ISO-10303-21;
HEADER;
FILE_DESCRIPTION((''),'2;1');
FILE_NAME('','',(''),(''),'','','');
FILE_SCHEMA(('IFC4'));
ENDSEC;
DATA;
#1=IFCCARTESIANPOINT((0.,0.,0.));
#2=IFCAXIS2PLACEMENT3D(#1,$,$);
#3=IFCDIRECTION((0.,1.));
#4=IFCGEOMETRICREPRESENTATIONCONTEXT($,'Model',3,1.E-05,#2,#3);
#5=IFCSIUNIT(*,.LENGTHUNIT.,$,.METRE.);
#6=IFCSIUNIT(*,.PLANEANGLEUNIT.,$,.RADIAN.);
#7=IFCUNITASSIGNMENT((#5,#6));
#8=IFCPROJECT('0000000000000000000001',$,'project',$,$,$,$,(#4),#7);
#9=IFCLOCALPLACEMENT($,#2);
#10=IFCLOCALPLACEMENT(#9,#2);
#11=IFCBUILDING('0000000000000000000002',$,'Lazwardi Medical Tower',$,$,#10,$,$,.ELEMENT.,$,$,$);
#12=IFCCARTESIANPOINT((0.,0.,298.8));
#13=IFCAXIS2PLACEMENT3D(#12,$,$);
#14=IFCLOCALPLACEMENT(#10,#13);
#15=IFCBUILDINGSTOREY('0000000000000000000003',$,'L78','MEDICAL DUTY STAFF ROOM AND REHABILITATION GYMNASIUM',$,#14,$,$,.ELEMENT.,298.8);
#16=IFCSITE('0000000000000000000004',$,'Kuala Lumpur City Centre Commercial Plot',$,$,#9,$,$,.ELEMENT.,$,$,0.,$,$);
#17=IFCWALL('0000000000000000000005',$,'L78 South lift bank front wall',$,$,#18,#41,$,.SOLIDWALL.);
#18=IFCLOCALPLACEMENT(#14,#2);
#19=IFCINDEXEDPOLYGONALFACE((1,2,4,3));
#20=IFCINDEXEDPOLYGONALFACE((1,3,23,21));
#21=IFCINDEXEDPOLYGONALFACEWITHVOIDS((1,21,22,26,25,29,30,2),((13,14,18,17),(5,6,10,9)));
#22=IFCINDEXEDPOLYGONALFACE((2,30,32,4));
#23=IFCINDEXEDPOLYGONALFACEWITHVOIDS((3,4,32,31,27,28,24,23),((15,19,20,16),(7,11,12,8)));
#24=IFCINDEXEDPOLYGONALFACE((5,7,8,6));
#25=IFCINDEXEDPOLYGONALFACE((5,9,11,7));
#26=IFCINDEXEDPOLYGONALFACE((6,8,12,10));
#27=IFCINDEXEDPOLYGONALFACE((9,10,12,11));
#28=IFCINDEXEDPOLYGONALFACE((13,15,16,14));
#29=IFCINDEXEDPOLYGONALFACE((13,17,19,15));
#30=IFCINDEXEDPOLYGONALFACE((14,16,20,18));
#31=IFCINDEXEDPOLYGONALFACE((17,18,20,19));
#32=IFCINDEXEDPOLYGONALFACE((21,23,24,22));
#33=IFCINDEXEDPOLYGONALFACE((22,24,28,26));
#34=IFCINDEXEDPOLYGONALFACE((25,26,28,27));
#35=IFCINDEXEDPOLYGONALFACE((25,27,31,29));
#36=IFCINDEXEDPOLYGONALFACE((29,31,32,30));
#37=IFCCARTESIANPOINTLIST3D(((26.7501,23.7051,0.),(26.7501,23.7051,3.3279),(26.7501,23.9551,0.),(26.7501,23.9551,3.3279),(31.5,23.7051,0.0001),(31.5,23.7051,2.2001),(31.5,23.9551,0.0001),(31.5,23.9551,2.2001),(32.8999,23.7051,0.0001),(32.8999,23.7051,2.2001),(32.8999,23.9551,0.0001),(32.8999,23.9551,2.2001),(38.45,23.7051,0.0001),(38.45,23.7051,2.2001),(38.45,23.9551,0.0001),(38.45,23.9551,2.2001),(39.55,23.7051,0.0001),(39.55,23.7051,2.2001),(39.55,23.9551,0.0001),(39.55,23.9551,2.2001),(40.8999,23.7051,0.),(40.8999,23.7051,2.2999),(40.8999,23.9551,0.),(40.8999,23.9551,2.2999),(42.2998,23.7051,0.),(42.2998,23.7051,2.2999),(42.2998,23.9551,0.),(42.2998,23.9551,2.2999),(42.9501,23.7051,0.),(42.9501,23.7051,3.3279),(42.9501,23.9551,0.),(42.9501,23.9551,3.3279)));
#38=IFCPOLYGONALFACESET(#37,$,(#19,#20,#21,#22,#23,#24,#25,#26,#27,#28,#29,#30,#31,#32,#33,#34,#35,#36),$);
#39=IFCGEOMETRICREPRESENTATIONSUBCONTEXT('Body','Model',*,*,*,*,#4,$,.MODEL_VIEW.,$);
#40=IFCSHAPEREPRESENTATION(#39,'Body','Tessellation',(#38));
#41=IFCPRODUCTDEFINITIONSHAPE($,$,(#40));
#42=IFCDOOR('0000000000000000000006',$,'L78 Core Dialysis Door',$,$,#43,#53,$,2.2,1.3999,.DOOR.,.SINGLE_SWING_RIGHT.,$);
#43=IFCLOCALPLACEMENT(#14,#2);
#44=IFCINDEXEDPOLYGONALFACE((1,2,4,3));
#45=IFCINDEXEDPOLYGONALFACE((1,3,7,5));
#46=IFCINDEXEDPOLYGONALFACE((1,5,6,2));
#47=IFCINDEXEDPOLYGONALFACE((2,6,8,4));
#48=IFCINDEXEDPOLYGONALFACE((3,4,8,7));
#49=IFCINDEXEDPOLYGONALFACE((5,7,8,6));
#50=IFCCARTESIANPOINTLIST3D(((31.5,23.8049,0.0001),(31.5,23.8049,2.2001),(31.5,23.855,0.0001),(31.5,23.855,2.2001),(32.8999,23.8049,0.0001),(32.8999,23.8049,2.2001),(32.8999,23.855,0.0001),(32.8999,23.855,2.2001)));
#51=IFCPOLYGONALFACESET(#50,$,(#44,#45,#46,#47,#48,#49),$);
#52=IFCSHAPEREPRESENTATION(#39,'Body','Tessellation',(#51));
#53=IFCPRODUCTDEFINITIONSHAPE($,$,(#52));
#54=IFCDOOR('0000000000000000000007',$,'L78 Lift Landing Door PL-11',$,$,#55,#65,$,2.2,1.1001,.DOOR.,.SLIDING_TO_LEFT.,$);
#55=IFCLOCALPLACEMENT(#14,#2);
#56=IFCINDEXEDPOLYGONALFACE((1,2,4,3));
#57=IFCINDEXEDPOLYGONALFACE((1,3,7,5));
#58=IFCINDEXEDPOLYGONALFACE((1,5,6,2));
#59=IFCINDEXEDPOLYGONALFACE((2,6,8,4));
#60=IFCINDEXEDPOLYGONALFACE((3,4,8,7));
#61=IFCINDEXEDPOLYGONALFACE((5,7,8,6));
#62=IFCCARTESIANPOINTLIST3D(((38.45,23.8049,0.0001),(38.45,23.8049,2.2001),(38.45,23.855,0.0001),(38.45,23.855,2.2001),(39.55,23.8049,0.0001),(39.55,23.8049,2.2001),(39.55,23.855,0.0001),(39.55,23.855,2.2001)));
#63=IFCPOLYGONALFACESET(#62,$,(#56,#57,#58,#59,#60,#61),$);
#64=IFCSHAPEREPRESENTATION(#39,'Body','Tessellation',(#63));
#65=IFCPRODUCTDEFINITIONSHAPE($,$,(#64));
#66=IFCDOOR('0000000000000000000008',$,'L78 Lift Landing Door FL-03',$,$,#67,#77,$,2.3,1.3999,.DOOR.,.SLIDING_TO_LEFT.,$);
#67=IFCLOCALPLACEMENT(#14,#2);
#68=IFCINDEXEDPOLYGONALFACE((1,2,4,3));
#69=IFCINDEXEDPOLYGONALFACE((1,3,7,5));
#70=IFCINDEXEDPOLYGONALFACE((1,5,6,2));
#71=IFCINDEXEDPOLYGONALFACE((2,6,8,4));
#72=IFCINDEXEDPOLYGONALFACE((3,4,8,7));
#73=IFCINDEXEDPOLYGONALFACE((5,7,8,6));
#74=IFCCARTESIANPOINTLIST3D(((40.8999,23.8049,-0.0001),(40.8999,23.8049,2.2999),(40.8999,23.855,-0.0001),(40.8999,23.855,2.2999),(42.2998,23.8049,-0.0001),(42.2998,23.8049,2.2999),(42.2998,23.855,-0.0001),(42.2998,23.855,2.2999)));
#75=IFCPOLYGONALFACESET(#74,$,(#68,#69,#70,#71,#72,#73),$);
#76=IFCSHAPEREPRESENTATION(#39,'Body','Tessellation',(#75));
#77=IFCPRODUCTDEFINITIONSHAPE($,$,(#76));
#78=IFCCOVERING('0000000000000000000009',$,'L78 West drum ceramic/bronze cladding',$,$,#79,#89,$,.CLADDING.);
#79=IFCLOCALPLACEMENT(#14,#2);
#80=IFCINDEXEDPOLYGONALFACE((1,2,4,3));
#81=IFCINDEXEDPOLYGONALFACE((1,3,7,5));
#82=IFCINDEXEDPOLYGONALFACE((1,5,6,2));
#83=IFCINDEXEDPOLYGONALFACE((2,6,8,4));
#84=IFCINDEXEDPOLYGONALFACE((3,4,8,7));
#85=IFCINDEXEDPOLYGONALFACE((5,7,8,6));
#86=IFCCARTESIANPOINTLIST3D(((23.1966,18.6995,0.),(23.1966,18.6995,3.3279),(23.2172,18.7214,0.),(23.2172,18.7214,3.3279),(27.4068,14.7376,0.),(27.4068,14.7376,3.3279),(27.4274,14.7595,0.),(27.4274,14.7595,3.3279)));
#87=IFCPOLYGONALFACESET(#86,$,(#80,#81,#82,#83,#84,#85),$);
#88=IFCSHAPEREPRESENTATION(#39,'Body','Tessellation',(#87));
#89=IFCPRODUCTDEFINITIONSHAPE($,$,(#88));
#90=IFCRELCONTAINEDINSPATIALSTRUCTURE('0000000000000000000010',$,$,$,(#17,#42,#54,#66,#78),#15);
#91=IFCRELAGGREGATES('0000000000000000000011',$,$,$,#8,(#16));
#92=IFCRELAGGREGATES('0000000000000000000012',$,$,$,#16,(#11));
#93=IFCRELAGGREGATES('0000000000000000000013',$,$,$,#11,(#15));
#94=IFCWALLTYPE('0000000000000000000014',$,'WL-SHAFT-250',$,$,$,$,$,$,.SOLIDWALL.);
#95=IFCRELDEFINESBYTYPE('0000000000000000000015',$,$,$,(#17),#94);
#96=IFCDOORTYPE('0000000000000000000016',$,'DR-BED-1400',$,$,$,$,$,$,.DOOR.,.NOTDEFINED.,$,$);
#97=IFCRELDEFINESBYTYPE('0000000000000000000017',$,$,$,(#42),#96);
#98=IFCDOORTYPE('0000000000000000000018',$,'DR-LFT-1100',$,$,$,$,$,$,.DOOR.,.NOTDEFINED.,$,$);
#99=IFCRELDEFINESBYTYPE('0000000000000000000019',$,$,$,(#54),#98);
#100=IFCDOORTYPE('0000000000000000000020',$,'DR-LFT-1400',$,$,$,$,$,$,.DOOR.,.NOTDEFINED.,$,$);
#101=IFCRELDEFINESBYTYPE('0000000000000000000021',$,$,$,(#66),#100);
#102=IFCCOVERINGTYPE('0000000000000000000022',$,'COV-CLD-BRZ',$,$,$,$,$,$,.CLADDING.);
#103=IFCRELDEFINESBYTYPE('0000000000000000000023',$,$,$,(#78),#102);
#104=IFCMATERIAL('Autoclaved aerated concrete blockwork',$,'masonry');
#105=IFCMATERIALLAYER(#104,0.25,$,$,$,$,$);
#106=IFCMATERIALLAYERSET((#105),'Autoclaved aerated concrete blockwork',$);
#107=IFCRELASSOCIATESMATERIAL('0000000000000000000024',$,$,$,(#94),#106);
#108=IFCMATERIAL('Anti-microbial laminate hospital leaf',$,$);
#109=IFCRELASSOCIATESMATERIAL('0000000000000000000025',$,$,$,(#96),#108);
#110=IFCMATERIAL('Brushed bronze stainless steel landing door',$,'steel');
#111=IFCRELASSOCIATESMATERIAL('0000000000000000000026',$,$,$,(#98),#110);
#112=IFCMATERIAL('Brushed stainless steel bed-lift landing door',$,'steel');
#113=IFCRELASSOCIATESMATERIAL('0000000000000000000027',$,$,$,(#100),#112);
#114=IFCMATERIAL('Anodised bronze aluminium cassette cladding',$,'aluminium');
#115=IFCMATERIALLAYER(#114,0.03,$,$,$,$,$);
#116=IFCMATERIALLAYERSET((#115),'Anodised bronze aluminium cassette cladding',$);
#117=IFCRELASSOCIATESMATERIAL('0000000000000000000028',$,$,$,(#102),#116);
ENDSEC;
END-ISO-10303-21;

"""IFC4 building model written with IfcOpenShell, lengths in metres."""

from ifc_helpers import new_model, si_unit, direction, frame, frame_2d, origin, origin_2d, place, context, subcontext, project, spatial, rectangle, extrude, material, layer, layer_set, type_object, element, fill, save


model = new_model("IFC4")

# Units and contexts
model_context = context("Model", 3, precision=1e-05, world=origin(), true_north=direction((0.0, 1.0)))
body_context = subcontext(model_context, "Body", "Model", "MODEL_VIEW")
ifc_project = project(units=[si_unit("LENGTHUNIT", "METRE"), si_unit("PLANEANGLEUNIT", "RADIAN")], contexts=[model_context])

# Site, building, storey
site_placement = place(None, origin())
site = spatial("IfcSite", under=ifc_project, at=site_placement, Name="Kuala Lumpur City Centre Commercial Plot", CompositionType="ELEMENT", RefElevation=0.0)
building_placement = place(site_placement, origin())
building = spatial("IfcBuilding", under=site, at=building_placement, Name="Lazwardi Medical Tower", CompositionType="ELEMENT")
storey_placement = place(building_placement, frame((0.0, 0.0, 298.8)))
storey = spatial("IfcBuildingStorey", under=building, at=storey_placement, Name="L78", Description="MEDICAL DUTY STAFF ROOM AND REHABILITATION GYMNASIUM", CompositionType="ELEMENT", Elevation=298.8)

# Wall, openings, doors
ifc_material_1 = material(Name="Autoclaved aerated concrete blockwork", Category="masonry")
ifc_layer_1 = layer(ifc_material_1, 0.25)
ifc_layer_set_1 = layer_set([ifc_layer_1], Name="Autoclaved aerated concrete blockwork")
wall_type_1 = type_object("IfcWallType", Name="WL-SHAFT-250", PredefinedType="SOLIDWALL", material=ifc_layer_set_1)
wall_1_placement = place(storey_placement, frame((26.75, 23.8301, 0.0), z_axis=(0.0, 0.0, 1.0), x_axis=(1.0, 0.0, 0.0)))
wall_1 = element("IfcWall", 1, at=wall_1_placement, inside=storey, type_object=wall_type_1, Name="L78 South lift bank front wall", PredefinedType="SOLIDWALL", context=body_context, shape_type="SweptSolid", body=[
    extrude(rectangle(XDim=16.2, YDim=0.25, at=frame_2d((8.1001, 0.0))), origin(), (0.0, 0.0, 1.0), 3.3279),
])
opening_1_placement = place(wall_1_placement, frame((4.75, 0.0, 0.0)))
opening_1 = element("IfcOpeningElement", 2, at=opening_1_placement, cuts=wall_1, PredefinedType="OPENING", context=body_context, shape_type="SweptSolid", body=[
    extrude(rectangle(XDim=1.3999, YDim=2.2, at=frame_2d((0.7, 1.1001))), frame((0.0, 0.135, 0.0), z_axis=(0.0, -1.0, 0.0), x_axis=(1.0, 0.0, 0.0)), (0.0, 0.0, 1.0), 0.27),
])
opening_2_placement = place(wall_1_placement, frame((11.7, 0.0, 0.0)))
opening_2 = element("IfcOpeningElement", 3, at=opening_2_placement, cuts=wall_1, PredefinedType="OPENING", context=body_context, shape_type="SweptSolid", body=[
    extrude(rectangle(XDim=1.1001, YDim=2.2, at=frame_2d((0.55, 1.1001))), frame((0.0, 0.135, 0.0), z_axis=(0.0, -1.0, 0.0), x_axis=(1.0, 0.0, 0.0)), (0.0, 0.0, 1.0), 0.27),
])
opening_3_placement = place(wall_1_placement, frame((14.1499, 0.0, 0.0)))
opening_3 = element("IfcOpeningElement", 4, at=opening_3_placement, cuts=wall_1, PredefinedType="OPENING", context=body_context, shape_type="SweptSolid", body=[
    extrude(rectangle(XDim=1.3999, YDim=2.3, at=frame_2d((0.7, 1.1499))), frame((0.0, 0.135, 0.0), z_axis=(0.0, -1.0, 0.0), x_axis=(1.0, 0.0, 0.0)), (0.0, 0.0, 1.0), 0.27),
])
ifc_material_2 = material(Name="Anti-microbial laminate hospital leaf")
door_type_1 = type_object("IfcDoorType", Name="DR-BED-1400", OperationType="NOTDEFINED", PredefinedType="DOOR", material=ifc_material_2)
door_1_placement = place(opening_1_placement, origin())
door_1 = element("IfcDoor", 5, at=door_1_placement, inside=storey, type_object=door_type_1, Name="L78 Core Dialysis Door", OperationType="SINGLE_SWING_RIGHT", OverallHeight=2.2, OverallWidth=1.3999, PredefinedType="DOOR", context=body_context, shape_type="SweptSolid", body=[
    extrude(rectangle(XDim=1.3999, YDim=2.2, at=frame_2d((0.7, 1.1001))), frame((0.0, 0.0249, 0.0), z_axis=(0.0, -1.0, 0.0), x_axis=(1.0, 0.0, 0.0)), (0.0, 0.0, 1.0), 0.05),
])
fill(opening_1, door_1)
ifc_material_3 = material(Name="Brushed bronze stainless steel landing door", Category="steel")
door_type_2 = type_object("IfcDoorType", Name="DR-LFT-1100", OperationType="NOTDEFINED", PredefinedType="DOOR", material=ifc_material_3)
door_2_placement = place(opening_2_placement, origin())
door_2 = element("IfcDoor", 6, at=door_2_placement, inside=storey, type_object=door_type_2, Name="L78 Lift Landing Door PL-11", OperationType="SLIDING_TO_LEFT", OverallHeight=2.2, OverallWidth=1.1001, PredefinedType="DOOR", context=body_context, shape_type="SweptSolid", body=[
    extrude(rectangle(XDim=1.1001, YDim=2.2, at=frame_2d((0.55, 1.1001))), frame((0.0, 0.0249, 0.0), z_axis=(0.0, -1.0, 0.0), x_axis=(1.0, 0.0, 0.0)), (0.0, 0.0, 1.0), 0.05),
])
fill(opening_2, door_2)
ifc_material_4 = material(Name="Brushed stainless steel bed-lift landing door", Category="steel")
door_type_3 = type_object("IfcDoorType", Name="DR-LFT-1400", OperationType="NOTDEFINED", PredefinedType="DOOR", material=ifc_material_4)
door_3_placement = place(opening_3_placement, origin())
door_3 = element("IfcDoor", 7, at=door_3_placement, inside=storey, type_object=door_type_3, Name="L78 Lift Landing Door FL-03", OperationType="SLIDING_TO_LEFT", OverallHeight=2.3, OverallWidth=1.3999, PredefinedType="DOOR", context=body_context, shape_type="SweptSolid", body=[
    extrude(rectangle(XDim=1.3999, YDim=2.3, at=frame_2d((0.7, 1.1499))), frame((0.0, 0.0249, 0.0), z_axis=(0.0, -1.0, 0.0), x_axis=(1.0, 0.0, 0.0)), (0.0, 0.0, 1.0), 0.05),
])
fill(opening_3, door_3)

# Covering
ifc_material_5 = material(Name="Anodised bronze aluminium cassette cladding", Category="aluminium")
ifc_layer_2 = layer(ifc_material_5, 0.03)
ifc_layer_set_2 = layer_set([ifc_layer_2], Name="Anodised bronze aluminium cassette cladding")
covering_type = type_object("IfcCoveringType", Name="COV-CLD-BRZ", PredefinedType="CLADDING", material=ifc_layer_set_2)
covering_placement = place(storey_placement, frame((25.312, 16.7295, 0.0), z_axis=(0.0, 0.0, 1.0), x_axis=(0.728255, -0.685306, 0.0)))
element("IfcCovering", 8, at=covering_placement, inside=storey, type_object=covering_type, Name="L78 West drum ceramic/bronze cladding", PredefinedType="CLADDING", context=body_context, shape_type="SweptSolid", body=[
    extrude(rectangle(XDim=5.7812, YDim=0.03, at=origin_2d()), origin(), (0.0, 0.0, 1.0), 3.3279),
])

save(model, "model.ifc")
